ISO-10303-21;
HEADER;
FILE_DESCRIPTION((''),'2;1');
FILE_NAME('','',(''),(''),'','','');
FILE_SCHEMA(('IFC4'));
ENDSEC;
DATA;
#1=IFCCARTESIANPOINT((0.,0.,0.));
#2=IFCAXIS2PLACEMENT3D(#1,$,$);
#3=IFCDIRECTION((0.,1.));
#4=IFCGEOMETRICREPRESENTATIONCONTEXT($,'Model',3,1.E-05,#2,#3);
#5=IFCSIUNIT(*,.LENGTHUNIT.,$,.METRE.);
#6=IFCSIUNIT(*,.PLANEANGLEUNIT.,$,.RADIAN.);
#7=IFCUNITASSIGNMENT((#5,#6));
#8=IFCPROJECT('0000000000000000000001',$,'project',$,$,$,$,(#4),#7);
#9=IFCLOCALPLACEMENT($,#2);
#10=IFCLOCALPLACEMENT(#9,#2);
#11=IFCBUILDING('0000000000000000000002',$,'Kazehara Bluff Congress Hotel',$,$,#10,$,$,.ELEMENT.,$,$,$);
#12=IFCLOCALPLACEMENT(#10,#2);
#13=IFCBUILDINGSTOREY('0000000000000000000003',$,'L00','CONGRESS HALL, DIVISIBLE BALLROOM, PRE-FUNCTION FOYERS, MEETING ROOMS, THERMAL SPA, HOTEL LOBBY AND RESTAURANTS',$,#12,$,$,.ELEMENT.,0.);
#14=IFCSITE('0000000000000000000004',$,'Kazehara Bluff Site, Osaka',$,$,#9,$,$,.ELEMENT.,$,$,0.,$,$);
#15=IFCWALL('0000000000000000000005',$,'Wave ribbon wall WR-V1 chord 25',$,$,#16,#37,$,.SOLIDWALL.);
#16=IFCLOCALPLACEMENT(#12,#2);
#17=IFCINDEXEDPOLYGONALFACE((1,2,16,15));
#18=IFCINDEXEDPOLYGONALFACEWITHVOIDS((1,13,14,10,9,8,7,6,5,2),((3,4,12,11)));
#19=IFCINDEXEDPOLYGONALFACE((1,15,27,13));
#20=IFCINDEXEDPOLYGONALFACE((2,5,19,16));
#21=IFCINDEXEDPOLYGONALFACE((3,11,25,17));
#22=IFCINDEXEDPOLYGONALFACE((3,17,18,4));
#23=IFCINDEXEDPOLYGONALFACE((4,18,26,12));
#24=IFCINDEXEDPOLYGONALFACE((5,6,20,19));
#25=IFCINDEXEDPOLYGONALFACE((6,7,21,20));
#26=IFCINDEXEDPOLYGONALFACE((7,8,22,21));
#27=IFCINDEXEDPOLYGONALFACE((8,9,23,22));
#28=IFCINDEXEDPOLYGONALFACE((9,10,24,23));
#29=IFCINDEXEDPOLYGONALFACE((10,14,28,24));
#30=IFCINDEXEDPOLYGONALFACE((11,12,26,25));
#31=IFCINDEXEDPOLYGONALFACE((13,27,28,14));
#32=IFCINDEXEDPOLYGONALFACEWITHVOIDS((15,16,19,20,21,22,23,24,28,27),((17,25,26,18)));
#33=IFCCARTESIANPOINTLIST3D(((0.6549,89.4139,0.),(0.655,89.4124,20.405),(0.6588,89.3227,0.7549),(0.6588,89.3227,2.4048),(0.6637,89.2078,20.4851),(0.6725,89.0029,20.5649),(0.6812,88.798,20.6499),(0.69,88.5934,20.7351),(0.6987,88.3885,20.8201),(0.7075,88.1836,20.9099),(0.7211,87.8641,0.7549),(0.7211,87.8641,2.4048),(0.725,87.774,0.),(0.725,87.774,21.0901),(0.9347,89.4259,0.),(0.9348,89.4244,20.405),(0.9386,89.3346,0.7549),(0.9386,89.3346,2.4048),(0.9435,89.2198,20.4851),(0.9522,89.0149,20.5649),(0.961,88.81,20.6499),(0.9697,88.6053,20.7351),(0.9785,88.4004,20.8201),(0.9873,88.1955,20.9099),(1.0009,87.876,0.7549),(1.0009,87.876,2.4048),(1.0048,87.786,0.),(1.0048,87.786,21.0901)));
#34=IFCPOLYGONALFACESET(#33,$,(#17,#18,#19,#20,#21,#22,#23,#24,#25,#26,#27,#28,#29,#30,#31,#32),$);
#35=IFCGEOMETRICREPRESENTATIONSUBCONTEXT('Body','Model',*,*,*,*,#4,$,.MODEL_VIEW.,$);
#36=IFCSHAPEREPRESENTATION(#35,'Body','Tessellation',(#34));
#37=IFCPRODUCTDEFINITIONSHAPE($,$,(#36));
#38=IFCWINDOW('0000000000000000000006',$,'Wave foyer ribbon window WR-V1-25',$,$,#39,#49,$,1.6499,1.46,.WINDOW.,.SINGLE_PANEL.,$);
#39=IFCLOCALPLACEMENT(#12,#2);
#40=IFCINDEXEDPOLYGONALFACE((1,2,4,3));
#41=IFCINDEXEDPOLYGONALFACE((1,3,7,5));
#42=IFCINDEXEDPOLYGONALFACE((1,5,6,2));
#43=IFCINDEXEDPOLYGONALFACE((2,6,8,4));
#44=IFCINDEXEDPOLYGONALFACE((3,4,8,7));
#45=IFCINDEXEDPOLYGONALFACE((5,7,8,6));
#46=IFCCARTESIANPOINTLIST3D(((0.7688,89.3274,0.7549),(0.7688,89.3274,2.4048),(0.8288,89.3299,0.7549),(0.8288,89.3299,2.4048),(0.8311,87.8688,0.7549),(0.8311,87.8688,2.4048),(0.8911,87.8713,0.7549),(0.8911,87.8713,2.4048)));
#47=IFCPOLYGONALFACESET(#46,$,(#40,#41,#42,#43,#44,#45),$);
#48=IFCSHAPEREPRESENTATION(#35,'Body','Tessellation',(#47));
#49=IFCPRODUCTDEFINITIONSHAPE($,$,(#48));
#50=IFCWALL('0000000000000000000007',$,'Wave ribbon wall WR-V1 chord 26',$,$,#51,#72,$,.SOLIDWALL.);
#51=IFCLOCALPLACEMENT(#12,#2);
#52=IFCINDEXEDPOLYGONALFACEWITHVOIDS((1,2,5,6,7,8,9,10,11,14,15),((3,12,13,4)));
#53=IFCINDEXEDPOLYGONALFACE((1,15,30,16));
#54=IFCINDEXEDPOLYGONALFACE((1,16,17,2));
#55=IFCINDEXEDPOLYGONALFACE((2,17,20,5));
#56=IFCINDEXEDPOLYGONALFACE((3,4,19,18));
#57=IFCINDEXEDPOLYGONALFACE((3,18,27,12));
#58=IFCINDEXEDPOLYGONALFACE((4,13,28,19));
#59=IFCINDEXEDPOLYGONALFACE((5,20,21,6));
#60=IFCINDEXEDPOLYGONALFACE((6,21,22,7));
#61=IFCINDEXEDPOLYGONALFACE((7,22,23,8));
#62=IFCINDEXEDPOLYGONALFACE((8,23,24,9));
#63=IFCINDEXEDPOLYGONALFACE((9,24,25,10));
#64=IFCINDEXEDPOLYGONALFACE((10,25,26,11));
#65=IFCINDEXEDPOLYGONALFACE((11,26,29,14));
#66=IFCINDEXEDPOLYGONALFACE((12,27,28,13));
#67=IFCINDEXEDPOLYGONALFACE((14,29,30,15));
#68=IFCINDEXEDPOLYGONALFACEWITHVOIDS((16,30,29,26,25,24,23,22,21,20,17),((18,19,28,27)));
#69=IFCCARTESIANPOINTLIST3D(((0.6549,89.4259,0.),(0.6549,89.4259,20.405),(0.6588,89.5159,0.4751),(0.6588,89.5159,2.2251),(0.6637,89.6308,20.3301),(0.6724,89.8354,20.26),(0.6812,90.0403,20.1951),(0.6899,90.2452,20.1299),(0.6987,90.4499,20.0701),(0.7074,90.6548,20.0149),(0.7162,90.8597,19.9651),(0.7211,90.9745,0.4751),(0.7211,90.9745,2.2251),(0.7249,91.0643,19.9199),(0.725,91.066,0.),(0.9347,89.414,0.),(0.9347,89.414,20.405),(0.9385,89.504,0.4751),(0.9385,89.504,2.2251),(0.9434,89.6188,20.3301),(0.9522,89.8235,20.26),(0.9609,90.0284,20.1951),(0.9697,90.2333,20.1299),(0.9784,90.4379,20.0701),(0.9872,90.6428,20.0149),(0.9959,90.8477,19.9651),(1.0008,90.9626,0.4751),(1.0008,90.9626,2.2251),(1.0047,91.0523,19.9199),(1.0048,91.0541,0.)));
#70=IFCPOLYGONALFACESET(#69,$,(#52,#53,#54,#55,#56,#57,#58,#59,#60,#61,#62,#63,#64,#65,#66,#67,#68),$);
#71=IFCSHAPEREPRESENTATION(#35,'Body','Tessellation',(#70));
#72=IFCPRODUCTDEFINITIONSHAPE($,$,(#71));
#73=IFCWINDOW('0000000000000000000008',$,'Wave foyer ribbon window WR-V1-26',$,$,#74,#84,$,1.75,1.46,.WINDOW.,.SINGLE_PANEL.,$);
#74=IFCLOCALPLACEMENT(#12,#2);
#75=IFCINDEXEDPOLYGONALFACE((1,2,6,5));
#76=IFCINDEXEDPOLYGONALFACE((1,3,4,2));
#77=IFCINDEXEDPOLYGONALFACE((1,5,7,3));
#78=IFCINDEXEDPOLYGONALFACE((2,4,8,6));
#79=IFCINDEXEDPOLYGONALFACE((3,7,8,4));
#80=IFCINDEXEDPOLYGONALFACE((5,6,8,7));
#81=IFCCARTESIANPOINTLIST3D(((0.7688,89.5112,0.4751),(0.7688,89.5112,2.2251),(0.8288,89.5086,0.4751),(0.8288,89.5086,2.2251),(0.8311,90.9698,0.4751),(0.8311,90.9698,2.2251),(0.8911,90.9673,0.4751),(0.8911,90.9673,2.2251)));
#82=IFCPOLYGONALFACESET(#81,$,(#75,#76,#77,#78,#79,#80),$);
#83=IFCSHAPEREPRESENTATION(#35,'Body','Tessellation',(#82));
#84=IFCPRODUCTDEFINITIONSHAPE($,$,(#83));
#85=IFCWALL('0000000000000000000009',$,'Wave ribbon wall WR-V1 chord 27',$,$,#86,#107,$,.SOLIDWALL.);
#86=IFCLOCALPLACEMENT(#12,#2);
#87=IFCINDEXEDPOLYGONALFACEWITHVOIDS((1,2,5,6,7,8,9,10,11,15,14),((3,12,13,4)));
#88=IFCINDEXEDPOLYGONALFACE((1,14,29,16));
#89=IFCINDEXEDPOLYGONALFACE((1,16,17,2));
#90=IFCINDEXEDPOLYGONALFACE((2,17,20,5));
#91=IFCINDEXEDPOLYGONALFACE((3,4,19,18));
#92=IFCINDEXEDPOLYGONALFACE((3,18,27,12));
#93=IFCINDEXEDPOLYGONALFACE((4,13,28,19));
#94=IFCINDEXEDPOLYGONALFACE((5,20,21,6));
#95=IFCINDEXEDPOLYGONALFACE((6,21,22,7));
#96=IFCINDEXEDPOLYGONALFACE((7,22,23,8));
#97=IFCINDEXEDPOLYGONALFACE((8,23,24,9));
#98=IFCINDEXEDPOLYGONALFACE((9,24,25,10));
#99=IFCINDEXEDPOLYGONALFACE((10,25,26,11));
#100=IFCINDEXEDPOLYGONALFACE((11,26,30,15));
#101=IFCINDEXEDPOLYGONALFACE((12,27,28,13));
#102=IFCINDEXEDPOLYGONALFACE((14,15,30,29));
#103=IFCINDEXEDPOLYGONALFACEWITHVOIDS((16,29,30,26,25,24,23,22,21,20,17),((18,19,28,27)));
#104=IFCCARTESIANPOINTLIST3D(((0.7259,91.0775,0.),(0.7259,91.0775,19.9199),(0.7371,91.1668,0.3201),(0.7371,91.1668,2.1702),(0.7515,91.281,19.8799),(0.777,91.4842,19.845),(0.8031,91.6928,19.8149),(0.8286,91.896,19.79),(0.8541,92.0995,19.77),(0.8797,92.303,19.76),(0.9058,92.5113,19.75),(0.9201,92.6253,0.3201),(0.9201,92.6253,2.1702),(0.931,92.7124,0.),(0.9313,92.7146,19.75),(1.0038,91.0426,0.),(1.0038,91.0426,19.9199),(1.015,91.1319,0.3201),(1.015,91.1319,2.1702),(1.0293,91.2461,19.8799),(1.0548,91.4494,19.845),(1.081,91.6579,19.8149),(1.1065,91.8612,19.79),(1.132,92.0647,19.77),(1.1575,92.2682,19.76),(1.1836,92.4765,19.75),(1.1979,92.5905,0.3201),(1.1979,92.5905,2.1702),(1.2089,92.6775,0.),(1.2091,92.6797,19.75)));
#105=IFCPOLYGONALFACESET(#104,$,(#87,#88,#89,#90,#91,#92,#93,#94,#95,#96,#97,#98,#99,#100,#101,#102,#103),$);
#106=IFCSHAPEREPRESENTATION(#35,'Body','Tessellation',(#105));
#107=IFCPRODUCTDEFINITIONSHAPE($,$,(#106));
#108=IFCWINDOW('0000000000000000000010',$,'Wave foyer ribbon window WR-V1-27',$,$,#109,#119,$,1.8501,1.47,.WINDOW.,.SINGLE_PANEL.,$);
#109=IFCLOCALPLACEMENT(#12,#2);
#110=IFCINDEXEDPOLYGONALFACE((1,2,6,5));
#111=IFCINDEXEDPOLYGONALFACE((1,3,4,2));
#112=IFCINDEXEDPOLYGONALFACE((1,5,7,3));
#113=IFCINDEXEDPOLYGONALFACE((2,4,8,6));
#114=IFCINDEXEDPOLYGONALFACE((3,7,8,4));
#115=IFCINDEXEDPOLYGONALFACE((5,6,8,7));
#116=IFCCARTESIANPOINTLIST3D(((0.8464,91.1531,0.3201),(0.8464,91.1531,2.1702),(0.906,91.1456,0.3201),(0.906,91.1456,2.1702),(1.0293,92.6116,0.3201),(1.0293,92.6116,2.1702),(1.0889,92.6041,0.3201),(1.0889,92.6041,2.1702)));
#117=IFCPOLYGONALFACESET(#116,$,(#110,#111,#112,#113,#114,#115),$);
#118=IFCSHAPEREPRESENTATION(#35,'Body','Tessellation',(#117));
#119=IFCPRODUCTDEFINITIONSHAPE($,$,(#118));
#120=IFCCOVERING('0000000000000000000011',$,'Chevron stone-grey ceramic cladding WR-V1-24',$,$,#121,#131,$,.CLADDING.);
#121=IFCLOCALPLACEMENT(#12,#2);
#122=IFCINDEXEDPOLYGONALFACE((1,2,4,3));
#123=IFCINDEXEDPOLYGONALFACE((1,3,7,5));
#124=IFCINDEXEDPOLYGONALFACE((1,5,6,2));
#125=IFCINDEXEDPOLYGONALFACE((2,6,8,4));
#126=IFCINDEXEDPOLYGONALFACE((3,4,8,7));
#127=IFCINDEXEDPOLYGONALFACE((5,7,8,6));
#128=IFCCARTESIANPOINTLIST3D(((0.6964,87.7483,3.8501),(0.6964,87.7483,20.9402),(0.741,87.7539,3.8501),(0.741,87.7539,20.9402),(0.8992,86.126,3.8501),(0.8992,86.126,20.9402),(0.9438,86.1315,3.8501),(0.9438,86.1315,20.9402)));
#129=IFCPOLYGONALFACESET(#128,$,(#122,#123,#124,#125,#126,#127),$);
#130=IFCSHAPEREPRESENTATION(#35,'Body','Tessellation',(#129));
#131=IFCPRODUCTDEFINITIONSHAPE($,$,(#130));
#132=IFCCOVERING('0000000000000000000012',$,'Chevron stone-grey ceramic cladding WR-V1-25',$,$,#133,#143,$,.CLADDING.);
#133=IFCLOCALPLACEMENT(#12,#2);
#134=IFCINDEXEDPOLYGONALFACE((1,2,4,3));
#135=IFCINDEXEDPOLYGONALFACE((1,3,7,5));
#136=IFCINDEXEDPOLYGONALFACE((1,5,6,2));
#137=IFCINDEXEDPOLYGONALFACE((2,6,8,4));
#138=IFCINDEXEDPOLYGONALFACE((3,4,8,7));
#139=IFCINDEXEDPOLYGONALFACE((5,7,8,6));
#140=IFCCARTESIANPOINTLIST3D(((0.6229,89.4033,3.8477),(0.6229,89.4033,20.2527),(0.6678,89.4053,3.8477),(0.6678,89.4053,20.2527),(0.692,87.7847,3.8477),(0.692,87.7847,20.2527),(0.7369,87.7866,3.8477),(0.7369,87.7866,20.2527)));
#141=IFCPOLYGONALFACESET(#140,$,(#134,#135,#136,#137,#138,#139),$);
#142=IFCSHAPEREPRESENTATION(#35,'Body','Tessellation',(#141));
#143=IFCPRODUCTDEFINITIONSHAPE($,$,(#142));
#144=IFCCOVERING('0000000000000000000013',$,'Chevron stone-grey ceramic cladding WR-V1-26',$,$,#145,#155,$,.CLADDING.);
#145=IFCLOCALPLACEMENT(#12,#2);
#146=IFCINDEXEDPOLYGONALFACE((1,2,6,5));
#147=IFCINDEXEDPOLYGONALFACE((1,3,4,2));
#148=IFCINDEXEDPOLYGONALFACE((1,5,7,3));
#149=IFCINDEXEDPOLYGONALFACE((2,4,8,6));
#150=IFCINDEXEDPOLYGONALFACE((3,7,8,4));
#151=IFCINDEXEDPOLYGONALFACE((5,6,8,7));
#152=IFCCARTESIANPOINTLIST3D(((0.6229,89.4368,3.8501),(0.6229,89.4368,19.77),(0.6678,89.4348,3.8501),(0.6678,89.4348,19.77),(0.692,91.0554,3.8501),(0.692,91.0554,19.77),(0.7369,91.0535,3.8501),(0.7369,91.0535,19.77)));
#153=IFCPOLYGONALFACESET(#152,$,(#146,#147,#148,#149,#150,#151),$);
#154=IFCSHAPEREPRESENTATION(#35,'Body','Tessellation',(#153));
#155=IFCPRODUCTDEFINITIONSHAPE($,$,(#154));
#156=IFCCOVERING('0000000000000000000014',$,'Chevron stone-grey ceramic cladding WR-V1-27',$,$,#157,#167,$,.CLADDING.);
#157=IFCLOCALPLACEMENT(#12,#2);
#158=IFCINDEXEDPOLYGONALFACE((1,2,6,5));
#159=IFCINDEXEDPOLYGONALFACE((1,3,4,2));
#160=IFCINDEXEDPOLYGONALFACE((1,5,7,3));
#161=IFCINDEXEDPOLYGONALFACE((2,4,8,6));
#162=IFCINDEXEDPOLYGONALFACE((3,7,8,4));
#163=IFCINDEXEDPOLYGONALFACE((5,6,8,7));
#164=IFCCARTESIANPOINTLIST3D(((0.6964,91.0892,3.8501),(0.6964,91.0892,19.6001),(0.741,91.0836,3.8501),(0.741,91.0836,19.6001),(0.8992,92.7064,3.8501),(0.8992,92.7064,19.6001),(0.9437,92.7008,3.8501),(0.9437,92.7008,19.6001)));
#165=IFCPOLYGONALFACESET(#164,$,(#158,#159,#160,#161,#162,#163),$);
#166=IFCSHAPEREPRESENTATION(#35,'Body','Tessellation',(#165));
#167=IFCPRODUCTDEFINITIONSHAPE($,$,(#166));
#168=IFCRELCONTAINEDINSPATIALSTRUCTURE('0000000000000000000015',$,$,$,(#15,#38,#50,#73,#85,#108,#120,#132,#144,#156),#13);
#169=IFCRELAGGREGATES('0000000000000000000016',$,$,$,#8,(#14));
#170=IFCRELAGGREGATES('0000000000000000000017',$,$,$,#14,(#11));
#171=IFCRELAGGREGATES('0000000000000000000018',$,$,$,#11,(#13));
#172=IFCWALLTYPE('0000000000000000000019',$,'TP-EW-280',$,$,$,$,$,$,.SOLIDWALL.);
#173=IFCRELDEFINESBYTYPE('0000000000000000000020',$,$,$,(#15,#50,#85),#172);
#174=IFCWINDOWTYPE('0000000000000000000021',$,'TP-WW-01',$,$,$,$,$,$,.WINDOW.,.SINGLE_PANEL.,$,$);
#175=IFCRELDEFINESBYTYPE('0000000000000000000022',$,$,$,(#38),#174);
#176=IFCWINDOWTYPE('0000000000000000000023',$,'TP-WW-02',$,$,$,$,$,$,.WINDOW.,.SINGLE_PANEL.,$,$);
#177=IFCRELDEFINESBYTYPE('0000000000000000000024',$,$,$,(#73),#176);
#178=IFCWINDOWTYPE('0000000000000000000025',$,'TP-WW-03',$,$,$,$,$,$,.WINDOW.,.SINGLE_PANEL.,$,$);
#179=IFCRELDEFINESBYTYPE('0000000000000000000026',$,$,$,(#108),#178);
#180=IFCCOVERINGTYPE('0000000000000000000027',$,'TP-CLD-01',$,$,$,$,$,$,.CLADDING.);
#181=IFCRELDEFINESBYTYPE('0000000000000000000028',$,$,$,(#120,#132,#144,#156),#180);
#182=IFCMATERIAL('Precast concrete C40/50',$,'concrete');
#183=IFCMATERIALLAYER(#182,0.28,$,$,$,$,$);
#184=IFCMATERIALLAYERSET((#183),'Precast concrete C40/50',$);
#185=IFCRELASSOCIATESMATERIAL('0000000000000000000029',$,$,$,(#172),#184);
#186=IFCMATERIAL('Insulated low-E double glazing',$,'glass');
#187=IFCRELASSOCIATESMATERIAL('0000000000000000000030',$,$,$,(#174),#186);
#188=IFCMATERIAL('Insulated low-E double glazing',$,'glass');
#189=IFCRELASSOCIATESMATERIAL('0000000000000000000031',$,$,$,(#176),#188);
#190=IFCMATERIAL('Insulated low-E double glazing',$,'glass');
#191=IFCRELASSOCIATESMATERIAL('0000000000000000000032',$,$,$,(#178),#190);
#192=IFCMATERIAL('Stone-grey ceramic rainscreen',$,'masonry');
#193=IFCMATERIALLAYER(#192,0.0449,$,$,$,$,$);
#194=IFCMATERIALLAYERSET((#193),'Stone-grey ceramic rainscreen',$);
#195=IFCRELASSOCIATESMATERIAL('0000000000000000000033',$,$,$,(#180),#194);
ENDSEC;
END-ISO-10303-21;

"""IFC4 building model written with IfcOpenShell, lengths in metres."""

from ifc_helpers import new_model, si_unit, direction, frame, frame_2d, origin, origin_2d, place, context, subcontext, project, spatial, polyline, rectangle, outline, extrude, material, layer, layer_set, type_object, element, fill, save


model = new_model("IFC4")

# Units and contexts
model_context = context("Model", 3, precision=1e-05, world=origin(), true_north=direction((0.0, 1.0)))
body_context = subcontext(model_context, "Body", "Model", "MODEL_VIEW")
ifc_project = project(units=[si_unit("LENGTHUNIT", "METRE"), si_unit("PLANEANGLEUNIT", "RADIAN")], contexts=[model_context])

# Site, building, storey
site_placement = place(None, origin())
site = spatial("IfcSite", under=ifc_project, at=site_placement, Name="Kazehara Bluff Site, Osaka", CompositionType="ELEMENT", RefElevation=0.0)
building_placement = place(site_placement, origin())
building = spatial("IfcBuilding", under=site, at=building_placement, Name="Kazehara Bluff Congress Hotel", CompositionType="ELEMENT")
storey_placement = place(building_placement, origin())
storey = spatial("IfcBuildingStorey", under=building, at=storey_placement, Name="L00", Description="CONGRESS HALL, DIVISIBLE BALLROOM, PRE-FUNCTION FOYERS, MEETING ROOMS, THERMAL SPA, HOTEL LOBBY AND RESTAURANTS", CompositionType="ELEMENT", Elevation=0.0)

# Walls, openings, windows
ifc_material_1 = material(Name="Precast concrete C40/50", Category="concrete")
ifc_layer_1 = layer(ifc_material_1, 0.28)
ifc_layer_set_1 = layer_set([ifc_layer_1], Name="Precast concrete C40/50")
wall_type = type_object("IfcWallType", Name="TP-EW-280", PredefinedType="SOLIDWALL", material=ifc_layer_set_1)
wall_1_placement = place(storey_placement, frame((0.865, 87.78, 0.0), z_axis=(0.0, 0.0, 1.0), x_axis=(-0.042688, 0.999088, 0.0)))
wall_1 = element("IfcWall", 1, at=wall_1_placement, inside=storey, type_object=wall_type, Name="Wave ribbon wall WR-V1 chord 25", PredefinedType="SOLIDWALL", context=body_context, shape_type="SweptSolid", body=[
    extrude(outline(polyline([(0.0, 0.0), (1.6414, 0.0), (1.6399, 20.405), (1.4351, 20.4851), (1.23, 20.5649), (1.0249, 20.6499), (0.8201, 20.7351), (0.615, 20.8201), (0.4099, 20.9099), (0.2051, 21.0), (0.0, 21.0901), (0.0, 0.0)])), frame((0.0, 0.1401, 0.0), z_axis=(0.0, -1.0, 0.0), x_axis=(1.0, 0.0, 0.0)), (0.0, 0.0, 1.0), 0.28),
])
opening_1_placement = place(wall_1_placement, frame((0.0901, 0.0, 0.7549)))
opening_1 = element("IfcOpeningElement", 2, at=opening_1_placement, cuts=wall_1, PredefinedType="OPENING", context=body_context, shape_type="SweptSolid", body=[
    extrude(rectangle(XDim=1.46, YDim=1.6499, at=frame_2d((0.73, 0.825))), frame((0.0, 0.1499, 0.0), z_axis=(0.0, -1.0, 0.0), x_axis=(1.0, 0.0, 0.0)), (0.0, 0.0, 1.0), 0.3),
])
ifc_material_2 = material(Name="Insulated low-E double glazing", Category="glass")
window_type_1 = type_object("IfcWindowType", Name="TP-WW-01", PartitioningType="SINGLE_PANEL", PredefinedType="WINDOW", material=ifc_material_2)
window_1_placement = place(opening_1_placement, origin())
window_1 = element("IfcWindow", 3, at=window_1_placement, inside=storey, type_object=window_type_1, Name="Wave foyer ribbon window WR-V1-25", OverallHeight=1.6499, OverallWidth=1.46, PartitioningType="SINGLE_PANEL", PredefinedType="WINDOW", context=body_context, shape_type="SweptSolid", body=[
    extrude(rectangle(XDim=1.46, YDim=1.6499, at=frame_2d((0.73, 0.825))), frame((0.0, 0.03, 0.0), z_axis=(0.0, -1.0, 0.0), x_axis=(1.0, 0.0, 0.0)), (0.0, 0.0, 1.0), 0.0601),
])
fill(opening_1, window_1)
wall_2_placement = place(storey_placement, frame((0.7949, 89.4199, 0.0), z_axis=(0.0, 0.0, 1.0), x_axis=(0.042682, 0.999089, 0.0)))
wall_2 = element("IfcWall", 4, at=wall_2_placement, inside=storey, type_object=wall_type, Name="Wave ribbon wall WR-V1 chord 26", PredefinedType="SOLIDWALL", context=body_context, shape_type="SweptSolid", body=[
    extrude(outline(polyline([(0.0, 0.0), (1.6416, 0.0), (1.6399, 19.9199), (1.4351, 19.9651), (1.23, 20.0149), (1.0249, 20.0701), (0.8201, 20.1299), (0.615, 20.1951), (0.4099, 20.26), (0.2051, 20.3301), (0.0, 20.405), (0.0, 0.0)])), frame((0.0, 0.1401, 0.0), z_axis=(0.0, -1.0, 0.0), x_axis=(1.0, 0.0, 0.0)), (0.0, 0.0, 1.0), 0.28),
])
opening_2_placement = place(wall_2_placement, frame((0.0901, 0.0, 0.4751)))
opening_2 = element("IfcOpeningElement", 5, at=opening_2_placement, cuts=wall_2, PredefinedType="OPENING", context=body_context, shape_type="SweptSolid", body=[
    extrude(rectangle(XDim=1.46, YDim=1.75, at=frame_2d((0.73, 0.875))), frame((0.0, 0.1499, 0.0), z_axis=(0.0, -1.0, 0.0), x_axis=(1.0, 0.0, 0.0)), (0.0, 0.0, 1.0), 0.3),
])
ifc_material_3 = material(Name="Insulated low-E double glazing", Category="glass")
window_type_2 = type_object("IfcWindowType", Name="TP-WW-02", PartitioningType="SINGLE_PANEL", PredefinedType="WINDOW", material=ifc_material_3)
window_2_placement = place(opening_2_placement, origin())
window_2 = element("IfcWindow", 6, at=window_2_placement, inside=storey, type_object=window_type_2, Name="Wave foyer ribbon window WR-V1-26", OverallHeight=1.75, OverallWidth=1.46, PartitioningType="SINGLE_PANEL", PredefinedType="WINDOW", context=body_context, shape_type="SweptSolid", body=[
    extrude(rectangle(XDim=1.46, YDim=1.75, at=frame_2d((0.73, 0.875))), frame((0.0, 0.03, 0.0), z_axis=(0.0, -1.0, 0.0), x_axis=(1.0, 0.0, 0.0)), (0.0, 0.0, 1.0), 0.0601),
])
fill(opening_2, window_2)
wall_3_placement = place(storey_placement, frame((0.865, 91.0601, 0.0), z_axis=(0.0, 0.0, 1.0), x_axis=(0.124454, 0.992225, 0.0)))
wall_3 = element("IfcWall", 7, at=wall_3_placement, inside=storey, type_object=wall_type, Name="Wave ribbon wall WR-V1 chord 27", PredefinedType="SOLIDWALL", context=body_context, shape_type="SweptSolid", body=[
    extrude(outline(polyline([(0.0, 0.0), (1.6477, 0.0), (1.6499, 19.75), (1.4451, 19.75), (1.2351, 19.76), (1.03, 19.77), (0.825, 19.79), (0.6201, 19.8149), (0.4099, 19.845), (0.2051, 19.8799), (0.0, 19.9199), (0.0, 0.0)])), frame((0.0, 0.1401, 0.0), z_axis=(0.0, -1.0, 0.0), x_axis=(1.0, 0.0, 0.0)), (0.0, 0.0, 1.0), 0.28),
])
opening_3_placement = place(wall_3_placement, frame((0.0901, 0.0, 0.3201)))
opening_3 = element("IfcOpeningElement", 8, at=opening_3_placement, cuts=wall_3, PredefinedType="OPENING", context=body_context, shape_type="SweptSolid", body=[
    extrude(rectangle(XDim=1.47, YDim=1.8501, at=frame_2d((0.7349, 0.925))), frame((0.0, 0.1499, 0.0), z_axis=(0.0, -1.0, 0.0), x_axis=(1.0, 0.0, 0.0)), (0.0, 0.0, 1.0), 0.3),
])
ifc_material_4 = material(Name="Insulated low-E double glazing", Category="glass")
window_type_3 = type_object("IfcWindowType", Name="TP-WW-03", PartitioningType="SINGLE_PANEL", PredefinedType="WINDOW", material=ifc_material_4)
window_3_placement = place(opening_3_placement, origin())
window_3 = element("IfcWindow", 9, at=window_3_placement, inside=storey, type_object=window_type_3, Name="Wave foyer ribbon window WR-V1-27", OverallHeight=1.8501, OverallWidth=1.47, PartitioningType="SINGLE_PANEL", PredefinedType="WINDOW", context=body_context, shape_type="SweptSolid", body=[
    extrude(rectangle(XDim=1.47, YDim=1.8501, at=frame_2d((0.7349, 0.925))), frame((0.0, 0.03, 0.0), z_axis=(0.0, -1.0, 0.0), x_axis=(1.0, 0.0, 0.0)), (0.0, 0.0, 1.0), 0.0601),
])
fill(opening_3, window_3)

# Coverings
ifc_material_5 = material(Name="Stone-grey ceramic rainscreen", Category="masonry")
ifc_layer_2 = layer(ifc_material_5, 0.0449)
ifc_layer_set_2 = layer_set([ifc_layer_2], Name="Stone-grey ceramic rainscreen")
covering_type_1 = type_object("IfcCoveringType", Name="TP-CLD-01", PredefinedType="CLADDING", material=ifc_layer_set_2)
covering_1_placement = place(storey_placement, frame((0.8201, 86.9399, 3.8501), z_axis=(0.0, 0.0, 1.0), x_axis=(-0.124034, 0.992278, 0.0)))
element("IfcCovering", 10, at=covering_1_placement, inside=storey, type_object=covering_type_1, Name="Chevron stone-grey ceramic cladding WR-V1-24", PredefinedType="CLADDING", context=body_context, shape_type="SweptSolid", body=[
    extrude(rectangle(XDim=1.635, YDim=0.0449, at=origin_2d()), origin(), (0.0, 0.0, 1.0), 17.0901),
])
covering_2_placement = place(storey_placement, frame((0.6799, 88.595, 3.8477), z_axis=(0.0, 0.0, 1.0), x_axis=(-0.042645, 0.99909, 0.0)))
element("IfcCovering", 11, at=covering_2_placement, inside=storey, type_object=covering_type_1, Name="Chevron stone-grey ceramic cladding WR-V1-25", PredefinedType="CLADDING", context=body_context, shape_type="SweptSolid", body=[
    extrude(rectangle(XDim=1.6201, YDim=0.0449, at=origin_2d()), origin(), (0.0, 0.0, 1.0), 16.405),
])
covering_3_placement = place(storey_placement, frame((0.6799, 90.2451, 3.8501), z_axis=(0.0, 0.0, 1.0), x_axis=(0.042645, 0.99909, 0.0)))
element("IfcCovering", 12, at=covering_3_placement, inside=storey, type_object=covering_type_1, Name="Chevron stone-grey ceramic cladding WR-V1-26", PredefinedType="CLADDING", context=body_context, shape_type="SweptSolid", body=[
    extrude(rectangle(XDim=1.6201, YDim=0.0449, at=origin_2d()), origin(), (0.0, 0.0, 1.0), 15.9199),
])
covering_4_placement = place(storey_placement, frame((0.8201, 91.895, 3.8501), z_axis=(0.0, 0.0, 1.0), x_axis=(0.124409, 0.992231, 0.0)))
element("IfcCovering", 13, at=covering_4_placement, inside=storey, type_object=covering_type_1, Name="Chevron stone-grey ceramic cladding WR-V1-27", PredefinedType="CLADDING", context=body_context, shape_type="SweptSolid", body=[
    extrude(rectangle(XDim=1.6299, YDim=0.0449, at=origin_2d()), origin(), (0.0, 0.0, 1.0), 15.75),
])

save(model, "model.ifc")
